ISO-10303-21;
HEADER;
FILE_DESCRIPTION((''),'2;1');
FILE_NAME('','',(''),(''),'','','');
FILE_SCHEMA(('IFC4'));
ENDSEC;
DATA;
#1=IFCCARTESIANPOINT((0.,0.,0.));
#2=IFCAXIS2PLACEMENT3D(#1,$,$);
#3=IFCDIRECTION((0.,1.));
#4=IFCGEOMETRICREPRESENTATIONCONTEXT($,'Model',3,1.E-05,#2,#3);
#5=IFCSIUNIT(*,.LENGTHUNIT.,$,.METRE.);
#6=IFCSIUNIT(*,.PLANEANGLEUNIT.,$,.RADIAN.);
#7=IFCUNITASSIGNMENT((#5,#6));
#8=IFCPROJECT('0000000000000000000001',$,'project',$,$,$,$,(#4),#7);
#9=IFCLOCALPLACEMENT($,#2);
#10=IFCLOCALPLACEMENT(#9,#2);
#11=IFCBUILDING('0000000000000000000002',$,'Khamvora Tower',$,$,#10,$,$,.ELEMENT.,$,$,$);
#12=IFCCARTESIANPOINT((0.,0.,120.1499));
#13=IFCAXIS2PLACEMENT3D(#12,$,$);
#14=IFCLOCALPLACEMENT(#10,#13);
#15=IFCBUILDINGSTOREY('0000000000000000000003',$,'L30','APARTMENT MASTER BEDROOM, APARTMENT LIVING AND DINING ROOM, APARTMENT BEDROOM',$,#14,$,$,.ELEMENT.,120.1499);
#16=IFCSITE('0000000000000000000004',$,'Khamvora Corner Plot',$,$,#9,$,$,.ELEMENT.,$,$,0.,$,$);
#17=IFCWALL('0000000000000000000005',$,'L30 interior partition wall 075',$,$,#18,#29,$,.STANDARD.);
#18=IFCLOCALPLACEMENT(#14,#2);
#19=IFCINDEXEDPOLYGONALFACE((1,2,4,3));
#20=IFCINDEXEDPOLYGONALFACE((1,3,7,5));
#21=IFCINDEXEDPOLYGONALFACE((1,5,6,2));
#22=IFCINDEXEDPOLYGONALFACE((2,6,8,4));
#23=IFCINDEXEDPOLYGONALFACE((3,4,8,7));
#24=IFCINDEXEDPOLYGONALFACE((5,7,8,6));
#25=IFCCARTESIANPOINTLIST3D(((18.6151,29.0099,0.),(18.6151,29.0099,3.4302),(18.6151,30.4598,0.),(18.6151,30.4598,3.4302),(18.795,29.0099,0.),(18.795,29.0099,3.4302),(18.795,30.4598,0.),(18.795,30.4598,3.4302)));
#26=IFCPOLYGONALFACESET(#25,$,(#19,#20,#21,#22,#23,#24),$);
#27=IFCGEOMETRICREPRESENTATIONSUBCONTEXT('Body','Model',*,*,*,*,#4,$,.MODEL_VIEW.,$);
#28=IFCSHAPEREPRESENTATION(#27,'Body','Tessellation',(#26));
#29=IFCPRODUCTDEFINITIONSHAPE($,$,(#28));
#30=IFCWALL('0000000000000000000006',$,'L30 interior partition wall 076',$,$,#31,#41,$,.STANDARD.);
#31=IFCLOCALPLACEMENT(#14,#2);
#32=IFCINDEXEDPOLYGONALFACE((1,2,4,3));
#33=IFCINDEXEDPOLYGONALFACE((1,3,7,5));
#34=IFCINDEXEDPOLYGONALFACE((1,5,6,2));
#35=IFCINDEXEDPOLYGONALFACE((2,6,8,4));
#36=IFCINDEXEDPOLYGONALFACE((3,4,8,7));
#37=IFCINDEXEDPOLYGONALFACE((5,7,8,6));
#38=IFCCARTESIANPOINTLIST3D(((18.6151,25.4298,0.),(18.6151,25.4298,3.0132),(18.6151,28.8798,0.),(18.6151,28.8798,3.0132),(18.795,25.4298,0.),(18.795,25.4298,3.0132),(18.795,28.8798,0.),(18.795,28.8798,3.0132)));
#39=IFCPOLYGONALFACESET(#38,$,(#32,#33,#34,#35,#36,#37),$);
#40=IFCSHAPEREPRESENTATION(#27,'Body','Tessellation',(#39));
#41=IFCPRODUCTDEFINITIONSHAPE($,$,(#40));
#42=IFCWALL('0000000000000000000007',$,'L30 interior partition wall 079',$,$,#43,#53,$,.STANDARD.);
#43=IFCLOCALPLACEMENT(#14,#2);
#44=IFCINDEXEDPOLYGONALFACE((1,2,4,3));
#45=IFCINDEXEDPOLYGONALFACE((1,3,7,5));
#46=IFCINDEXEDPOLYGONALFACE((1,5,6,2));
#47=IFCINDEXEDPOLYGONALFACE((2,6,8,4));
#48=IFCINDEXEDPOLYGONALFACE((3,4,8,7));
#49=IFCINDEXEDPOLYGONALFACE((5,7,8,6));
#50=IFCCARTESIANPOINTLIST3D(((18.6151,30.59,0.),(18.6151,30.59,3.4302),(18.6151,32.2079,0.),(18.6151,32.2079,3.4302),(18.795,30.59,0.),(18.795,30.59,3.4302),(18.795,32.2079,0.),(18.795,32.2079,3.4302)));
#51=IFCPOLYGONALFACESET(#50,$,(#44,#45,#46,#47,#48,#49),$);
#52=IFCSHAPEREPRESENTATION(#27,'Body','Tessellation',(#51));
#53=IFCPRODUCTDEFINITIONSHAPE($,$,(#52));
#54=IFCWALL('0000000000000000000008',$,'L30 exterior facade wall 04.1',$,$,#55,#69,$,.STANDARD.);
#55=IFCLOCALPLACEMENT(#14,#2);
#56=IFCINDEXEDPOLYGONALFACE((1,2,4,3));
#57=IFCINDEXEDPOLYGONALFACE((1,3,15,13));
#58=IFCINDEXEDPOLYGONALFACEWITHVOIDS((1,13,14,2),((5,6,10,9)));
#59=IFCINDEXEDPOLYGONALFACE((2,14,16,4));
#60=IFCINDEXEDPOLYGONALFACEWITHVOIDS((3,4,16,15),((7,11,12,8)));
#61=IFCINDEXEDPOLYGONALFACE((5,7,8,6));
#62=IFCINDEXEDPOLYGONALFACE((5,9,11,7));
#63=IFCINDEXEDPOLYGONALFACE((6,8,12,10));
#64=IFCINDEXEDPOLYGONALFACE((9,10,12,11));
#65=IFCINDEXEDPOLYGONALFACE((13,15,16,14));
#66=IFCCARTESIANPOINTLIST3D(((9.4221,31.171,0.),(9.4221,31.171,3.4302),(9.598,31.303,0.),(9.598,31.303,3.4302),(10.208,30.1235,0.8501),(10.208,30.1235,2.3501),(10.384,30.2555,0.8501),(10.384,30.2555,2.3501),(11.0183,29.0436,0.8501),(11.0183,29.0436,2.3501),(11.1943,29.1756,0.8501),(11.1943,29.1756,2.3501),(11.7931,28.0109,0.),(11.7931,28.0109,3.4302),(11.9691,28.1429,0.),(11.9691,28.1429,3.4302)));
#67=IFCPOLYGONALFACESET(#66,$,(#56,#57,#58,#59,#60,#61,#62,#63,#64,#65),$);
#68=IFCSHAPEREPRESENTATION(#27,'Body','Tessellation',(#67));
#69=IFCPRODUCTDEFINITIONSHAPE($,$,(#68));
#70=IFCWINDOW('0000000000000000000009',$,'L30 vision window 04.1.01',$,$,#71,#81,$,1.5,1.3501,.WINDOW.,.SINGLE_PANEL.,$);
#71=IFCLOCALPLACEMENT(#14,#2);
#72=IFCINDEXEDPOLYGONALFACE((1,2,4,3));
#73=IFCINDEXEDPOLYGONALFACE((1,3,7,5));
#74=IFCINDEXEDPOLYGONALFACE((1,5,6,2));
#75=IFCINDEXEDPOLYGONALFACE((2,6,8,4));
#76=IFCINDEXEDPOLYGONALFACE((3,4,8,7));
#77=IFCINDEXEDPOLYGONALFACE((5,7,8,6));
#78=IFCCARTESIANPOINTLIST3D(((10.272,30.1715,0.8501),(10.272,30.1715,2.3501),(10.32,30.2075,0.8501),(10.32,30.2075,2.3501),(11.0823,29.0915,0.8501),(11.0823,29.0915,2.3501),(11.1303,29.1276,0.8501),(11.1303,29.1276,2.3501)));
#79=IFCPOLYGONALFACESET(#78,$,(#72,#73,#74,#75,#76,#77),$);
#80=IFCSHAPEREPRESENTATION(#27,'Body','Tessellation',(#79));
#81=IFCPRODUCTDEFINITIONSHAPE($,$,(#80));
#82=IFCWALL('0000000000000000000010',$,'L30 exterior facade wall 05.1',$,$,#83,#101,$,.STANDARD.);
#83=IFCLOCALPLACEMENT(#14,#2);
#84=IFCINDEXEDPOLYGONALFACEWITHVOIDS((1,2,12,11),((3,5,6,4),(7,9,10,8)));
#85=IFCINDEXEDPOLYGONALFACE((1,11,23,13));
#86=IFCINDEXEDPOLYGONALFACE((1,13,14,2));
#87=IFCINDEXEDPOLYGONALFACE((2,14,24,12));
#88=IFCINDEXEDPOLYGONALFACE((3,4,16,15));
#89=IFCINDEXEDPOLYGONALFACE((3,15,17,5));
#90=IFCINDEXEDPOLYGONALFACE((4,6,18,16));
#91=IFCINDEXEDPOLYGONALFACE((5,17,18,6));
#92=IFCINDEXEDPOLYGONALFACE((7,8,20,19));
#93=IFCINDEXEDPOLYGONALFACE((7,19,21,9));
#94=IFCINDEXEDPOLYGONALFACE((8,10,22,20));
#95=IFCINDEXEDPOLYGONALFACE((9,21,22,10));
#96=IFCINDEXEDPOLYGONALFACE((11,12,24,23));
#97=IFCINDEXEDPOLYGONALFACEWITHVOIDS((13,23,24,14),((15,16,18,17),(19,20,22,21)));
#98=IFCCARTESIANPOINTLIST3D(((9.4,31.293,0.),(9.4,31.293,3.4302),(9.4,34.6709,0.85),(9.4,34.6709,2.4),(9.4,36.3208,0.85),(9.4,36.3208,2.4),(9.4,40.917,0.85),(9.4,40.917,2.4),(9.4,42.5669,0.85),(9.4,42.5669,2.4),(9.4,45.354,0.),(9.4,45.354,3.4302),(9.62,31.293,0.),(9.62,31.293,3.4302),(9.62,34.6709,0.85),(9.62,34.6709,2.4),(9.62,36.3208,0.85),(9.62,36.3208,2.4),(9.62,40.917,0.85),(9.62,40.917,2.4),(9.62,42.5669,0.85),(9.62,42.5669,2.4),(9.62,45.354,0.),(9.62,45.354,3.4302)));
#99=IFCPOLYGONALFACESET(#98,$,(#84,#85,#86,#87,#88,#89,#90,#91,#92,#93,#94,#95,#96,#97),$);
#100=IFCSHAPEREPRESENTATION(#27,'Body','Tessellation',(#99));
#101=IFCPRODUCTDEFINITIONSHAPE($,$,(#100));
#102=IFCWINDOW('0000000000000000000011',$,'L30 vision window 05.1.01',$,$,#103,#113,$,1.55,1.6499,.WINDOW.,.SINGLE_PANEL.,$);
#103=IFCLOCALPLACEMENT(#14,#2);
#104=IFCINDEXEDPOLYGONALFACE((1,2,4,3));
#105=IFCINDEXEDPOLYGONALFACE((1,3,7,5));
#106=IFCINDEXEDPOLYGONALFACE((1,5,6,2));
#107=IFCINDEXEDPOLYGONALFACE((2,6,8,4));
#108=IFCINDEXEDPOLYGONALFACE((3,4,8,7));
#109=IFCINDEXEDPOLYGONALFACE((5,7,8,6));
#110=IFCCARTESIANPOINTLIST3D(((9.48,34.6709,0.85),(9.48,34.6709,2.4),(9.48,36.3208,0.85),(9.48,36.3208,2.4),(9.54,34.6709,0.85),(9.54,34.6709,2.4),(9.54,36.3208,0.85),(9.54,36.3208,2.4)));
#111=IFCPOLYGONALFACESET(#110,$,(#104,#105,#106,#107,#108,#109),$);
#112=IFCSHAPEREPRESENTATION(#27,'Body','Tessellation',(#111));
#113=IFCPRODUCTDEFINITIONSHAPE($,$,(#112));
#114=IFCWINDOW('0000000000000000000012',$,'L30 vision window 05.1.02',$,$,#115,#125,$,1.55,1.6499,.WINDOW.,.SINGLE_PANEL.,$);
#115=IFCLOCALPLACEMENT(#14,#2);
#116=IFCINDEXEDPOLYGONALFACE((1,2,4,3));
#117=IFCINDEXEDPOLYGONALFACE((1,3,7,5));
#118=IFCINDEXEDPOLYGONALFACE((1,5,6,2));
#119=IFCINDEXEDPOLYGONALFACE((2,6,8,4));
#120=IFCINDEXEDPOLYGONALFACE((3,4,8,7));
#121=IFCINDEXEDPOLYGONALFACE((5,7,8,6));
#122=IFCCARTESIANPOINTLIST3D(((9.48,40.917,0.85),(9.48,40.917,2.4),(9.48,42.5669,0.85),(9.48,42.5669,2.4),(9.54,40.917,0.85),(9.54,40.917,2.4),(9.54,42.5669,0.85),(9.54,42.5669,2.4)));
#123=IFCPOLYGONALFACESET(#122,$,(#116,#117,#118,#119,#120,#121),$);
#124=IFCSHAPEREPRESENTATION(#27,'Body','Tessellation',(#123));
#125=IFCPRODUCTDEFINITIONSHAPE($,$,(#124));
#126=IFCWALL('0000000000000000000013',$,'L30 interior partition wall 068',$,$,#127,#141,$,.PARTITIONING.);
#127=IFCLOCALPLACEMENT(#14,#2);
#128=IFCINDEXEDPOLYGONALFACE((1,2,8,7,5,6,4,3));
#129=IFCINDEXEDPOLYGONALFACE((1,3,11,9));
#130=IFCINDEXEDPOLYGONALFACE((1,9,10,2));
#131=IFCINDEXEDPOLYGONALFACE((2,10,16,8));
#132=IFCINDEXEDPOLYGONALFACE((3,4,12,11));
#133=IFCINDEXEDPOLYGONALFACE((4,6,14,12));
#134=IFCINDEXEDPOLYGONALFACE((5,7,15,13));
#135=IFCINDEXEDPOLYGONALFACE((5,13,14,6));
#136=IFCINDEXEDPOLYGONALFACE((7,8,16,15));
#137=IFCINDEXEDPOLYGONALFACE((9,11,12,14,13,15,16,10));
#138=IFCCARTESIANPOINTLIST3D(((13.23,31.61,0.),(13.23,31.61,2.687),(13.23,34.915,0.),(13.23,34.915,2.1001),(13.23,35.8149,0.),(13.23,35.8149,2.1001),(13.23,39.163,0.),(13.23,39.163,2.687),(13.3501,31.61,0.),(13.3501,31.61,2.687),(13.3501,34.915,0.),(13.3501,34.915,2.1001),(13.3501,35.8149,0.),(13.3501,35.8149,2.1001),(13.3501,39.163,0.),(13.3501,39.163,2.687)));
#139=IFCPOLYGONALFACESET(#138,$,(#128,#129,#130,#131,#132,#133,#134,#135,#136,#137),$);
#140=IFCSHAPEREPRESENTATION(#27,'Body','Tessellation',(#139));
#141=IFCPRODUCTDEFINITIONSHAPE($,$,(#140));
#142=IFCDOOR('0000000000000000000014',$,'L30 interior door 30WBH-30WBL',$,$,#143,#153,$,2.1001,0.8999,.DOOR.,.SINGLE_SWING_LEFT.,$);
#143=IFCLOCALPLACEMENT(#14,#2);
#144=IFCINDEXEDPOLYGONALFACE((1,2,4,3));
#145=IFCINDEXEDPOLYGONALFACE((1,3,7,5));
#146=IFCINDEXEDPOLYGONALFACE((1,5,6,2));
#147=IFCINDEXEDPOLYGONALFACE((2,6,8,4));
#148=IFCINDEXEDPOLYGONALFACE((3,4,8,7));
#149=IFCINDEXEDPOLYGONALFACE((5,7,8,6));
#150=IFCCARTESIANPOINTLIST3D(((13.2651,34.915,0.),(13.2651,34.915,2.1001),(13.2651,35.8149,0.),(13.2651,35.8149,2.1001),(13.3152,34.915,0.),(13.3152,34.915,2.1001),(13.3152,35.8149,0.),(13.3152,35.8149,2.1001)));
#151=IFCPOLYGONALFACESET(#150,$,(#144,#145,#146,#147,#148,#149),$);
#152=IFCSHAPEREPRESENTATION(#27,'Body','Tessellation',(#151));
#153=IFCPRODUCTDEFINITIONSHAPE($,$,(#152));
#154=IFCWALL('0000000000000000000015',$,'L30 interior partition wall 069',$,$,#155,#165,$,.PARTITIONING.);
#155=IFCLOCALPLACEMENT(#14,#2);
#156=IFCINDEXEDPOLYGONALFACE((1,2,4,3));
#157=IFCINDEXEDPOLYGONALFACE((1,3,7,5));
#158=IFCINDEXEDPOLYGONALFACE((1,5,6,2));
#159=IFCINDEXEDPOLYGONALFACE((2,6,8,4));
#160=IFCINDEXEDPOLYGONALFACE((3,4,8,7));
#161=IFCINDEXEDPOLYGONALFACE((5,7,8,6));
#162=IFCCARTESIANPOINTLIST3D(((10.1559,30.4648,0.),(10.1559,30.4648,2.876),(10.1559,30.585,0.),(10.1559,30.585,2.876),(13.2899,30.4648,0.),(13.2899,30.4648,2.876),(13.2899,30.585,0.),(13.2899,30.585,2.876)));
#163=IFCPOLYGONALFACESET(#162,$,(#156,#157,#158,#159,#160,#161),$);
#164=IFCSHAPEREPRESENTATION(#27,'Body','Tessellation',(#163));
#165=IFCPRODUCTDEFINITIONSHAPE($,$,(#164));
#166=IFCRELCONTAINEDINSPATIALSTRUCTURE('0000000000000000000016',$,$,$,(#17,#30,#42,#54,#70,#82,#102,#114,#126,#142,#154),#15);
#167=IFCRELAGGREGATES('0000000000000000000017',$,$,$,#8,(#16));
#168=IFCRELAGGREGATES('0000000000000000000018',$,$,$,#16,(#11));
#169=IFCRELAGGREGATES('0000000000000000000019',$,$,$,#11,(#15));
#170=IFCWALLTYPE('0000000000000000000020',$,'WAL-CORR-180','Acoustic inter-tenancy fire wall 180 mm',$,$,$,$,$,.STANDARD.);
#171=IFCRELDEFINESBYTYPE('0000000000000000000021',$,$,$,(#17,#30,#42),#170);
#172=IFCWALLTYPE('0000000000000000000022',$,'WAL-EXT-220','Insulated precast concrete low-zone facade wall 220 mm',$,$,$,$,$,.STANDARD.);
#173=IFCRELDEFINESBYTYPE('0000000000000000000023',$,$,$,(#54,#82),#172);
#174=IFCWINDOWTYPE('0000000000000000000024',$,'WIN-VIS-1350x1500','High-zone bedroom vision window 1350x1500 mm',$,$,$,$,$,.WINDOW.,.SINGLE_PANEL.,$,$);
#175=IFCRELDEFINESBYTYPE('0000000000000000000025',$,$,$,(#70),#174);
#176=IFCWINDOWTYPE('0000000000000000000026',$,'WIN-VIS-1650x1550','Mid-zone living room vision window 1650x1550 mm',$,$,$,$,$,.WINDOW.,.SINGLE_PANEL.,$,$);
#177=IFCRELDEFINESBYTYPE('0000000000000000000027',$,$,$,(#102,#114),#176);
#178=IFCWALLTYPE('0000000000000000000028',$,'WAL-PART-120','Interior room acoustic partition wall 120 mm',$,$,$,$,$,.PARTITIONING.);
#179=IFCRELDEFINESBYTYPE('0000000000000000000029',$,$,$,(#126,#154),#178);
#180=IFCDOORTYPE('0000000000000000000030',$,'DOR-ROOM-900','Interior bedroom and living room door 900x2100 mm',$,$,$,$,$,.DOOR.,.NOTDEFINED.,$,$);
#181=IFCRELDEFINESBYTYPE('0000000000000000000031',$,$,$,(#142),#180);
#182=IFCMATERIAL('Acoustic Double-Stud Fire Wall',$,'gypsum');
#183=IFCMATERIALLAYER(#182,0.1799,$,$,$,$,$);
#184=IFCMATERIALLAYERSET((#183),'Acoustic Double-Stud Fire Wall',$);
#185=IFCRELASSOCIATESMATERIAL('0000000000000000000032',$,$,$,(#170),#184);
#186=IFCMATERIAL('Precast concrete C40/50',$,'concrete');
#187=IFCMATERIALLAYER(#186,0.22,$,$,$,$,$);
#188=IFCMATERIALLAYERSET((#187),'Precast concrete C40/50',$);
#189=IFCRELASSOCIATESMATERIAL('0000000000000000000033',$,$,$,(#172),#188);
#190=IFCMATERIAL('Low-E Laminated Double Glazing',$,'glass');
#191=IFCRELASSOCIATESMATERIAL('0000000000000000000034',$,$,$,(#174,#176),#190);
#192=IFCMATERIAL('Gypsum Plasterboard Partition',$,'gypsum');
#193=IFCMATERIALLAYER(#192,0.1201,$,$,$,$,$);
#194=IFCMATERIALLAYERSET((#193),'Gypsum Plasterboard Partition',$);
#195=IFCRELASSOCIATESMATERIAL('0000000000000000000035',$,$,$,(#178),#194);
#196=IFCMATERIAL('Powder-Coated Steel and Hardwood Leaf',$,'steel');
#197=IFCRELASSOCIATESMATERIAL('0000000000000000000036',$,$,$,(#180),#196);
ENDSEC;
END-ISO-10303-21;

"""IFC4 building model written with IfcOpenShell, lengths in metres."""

from ifc_helpers import new_model, si_unit, direction, frame, frame_2d, origin, place, context, subcontext, project, spatial, rectangle, extrude, material, layer, layer_set, type_object, element, fill, save


model = new_model("IFC4")

# Units and contexts
model_context = context("Model", 3, precision=1e-05, world=origin(), true_north=direction((0.0, 1.0)))
body_context = subcontext(model_context, "Body", "Model", "MODEL_VIEW")
ifc_project = project(units=[si_unit("LENGTHUNIT", "METRE"), si_unit("PLANEANGLEUNIT", "RADIAN")], contexts=[model_context])

# Site, building, storey
site_placement = place(None, origin())
site = spatial("IfcSite", under=ifc_project, at=site_placement, Name="Khamvora Corner Plot", CompositionType="ELEMENT", RefElevation=0.0)
building_placement = place(site_placement, origin())
building = spatial("IfcBuilding", under=site, at=building_placement, Name="Khamvora Tower", CompositionType="ELEMENT")
storey_placement = place(building_placement, frame((0.0, 0.0, 120.1499)))
storey = spatial("IfcBuildingStorey", under=building, at=storey_placement, Name="L30", Description="APARTMENT MASTER BEDROOM, APARTMENT LIVING AND DINING ROOM, APARTMENT BEDROOM", CompositionType="ELEMENT", Elevation=120.1499)

# Shared definitions
ifc_material_1 = material(Name="Powder-Coated Steel and Hardwood Leaf", Category="steel")

# Walls
ifc_material_2 = material(Name="Acoustic Double-Stud Fire Wall", Category="gypsum")
ifc_layer_1 = layer(ifc_material_2, 0.1799)
ifc_layer_set_1 = layer_set([ifc_layer_1], Name="Acoustic Double-Stud Fire Wall")
wall_type_1 = type_object("IfcWallType", Name="WAL-CORR-180", Description="Acoustic inter-tenancy fire wall 180 mm", PredefinedType="STANDARD", material=ifc_layer_set_1)
wall_1_placement = place(storey_placement, frame((18.7051, 30.46, 0.0), z_axis=(0.0, 0.0, 1.0), x_axis=(0.0, -1.0, 0.0)))
element("IfcWall", 1, at=wall_1_placement, inside=storey, type_object=wall_type_1, Name="L30 interior partition wall 075", PredefinedType="STANDARD", context=body_context, shape_type="SweptSolid", body=[
    extrude(rectangle(XDim=1.45, YDim=0.1799, at=frame_2d((0.7251, 0.0))), origin(), (0.0, 0.0, 1.0), 3.4302),
])
wall_2_placement = place(storey_placement, frame((18.7051, 28.8799, 0.0), z_axis=(0.0, 0.0, 1.0), x_axis=(0.0, -1.0, 0.0)))
element("IfcWall", 2, at=wall_2_placement, inside=storey, type_object=wall_type_1, Name="L30 interior partition wall 076", PredefinedType="STANDARD", context=body_context, shape_type="SweptSolid", body=[
    extrude(rectangle(XDim=3.45, YDim=0.1799, at=frame_2d((1.7251, 0.0))), origin(), (0.0, 0.0, 1.0), 3.0132),
])
wall_3_placement = place(storey_placement, frame((18.7051, 32.208, 0.0), z_axis=(0.0, 0.0, 1.0), x_axis=(0.0, -1.0, 0.0)))
element("IfcWall", 3, at=wall_3_placement, inside=storey, type_object=wall_type_1, Name="L30 interior partition wall 079", PredefinedType="STANDARD", context=body_context, shape_type="SweptSolid", body=[
    extrude(rectangle(XDim=1.6179, YDim=0.1799, at=frame_2d((0.8091, 0.0))), origin(), (0.0, 0.0, 1.0), 3.4302),
])

# Wall, opening, window
ifc_material_3 = material(Name="Precast concrete C40/50", Category="concrete")
ifc_layer_2 = layer(ifc_material_3, 0.22)
ifc_layer_set_2 = layer_set([ifc_layer_2], Name="Precast concrete C40/50")
wall_type_2 = type_object("IfcWallType", Name="WAL-EXT-220", Description="Insulated precast concrete low-zone facade wall 220 mm", PredefinedType="STANDARD", material=ifc_layer_set_2)
wall_4_placement = place(storey_placement, frame((11.8811, 28.0769, 0.0), z_axis=(0.0, 0.0, 1.0), x_axis=(-0.600158, 0.799881, 0.0)))
wall_4 = element("IfcWall", 4, at=wall_4_placement, inside=storey, type_object=wall_type_2, Name="L30 exterior facade wall 04.1", PredefinedType="STANDARD", context=body_context, shape_type="SweptSolid", body=[
    extrude(rectangle(XDim=3.9507, YDim=0.22, at=frame_2d((1.9753, 0.0))), origin(), (0.0, 0.0, 1.0), 3.4302),
])
opening_1_placement = place(wall_4_placement, frame((1.291, 0.0, 0.8501)))
opening_1 = element("IfcOpeningElement", 5, at=opening_1_placement, cuts=wall_4, PredefinedType="OPENING", context=body_context, shape_type="SweptSolid", body=[
    extrude(rectangle(XDim=1.3501, YDim=1.5, at=frame_2d((0.675, 0.75))), frame((0.0, 0.1199, 0.0), z_axis=(0.0, -1.0, 0.0), x_axis=(1.0, 0.0, 0.0)), (0.0, 0.0, 1.0), 0.24),
])
ifc_material_4 = material(Name="Low-E Laminated Double Glazing", Category="glass")
window_type_1 = type_object("IfcWindowType", Name="WIN-VIS-1350x1500", Description="High-zone bedroom vision window 1350x1500 mm", PartitioningType="SINGLE_PANEL", PredefinedType="WINDOW", material=ifc_material_4)
window_1_placement = place(opening_1_placement, origin())
window_1 = element("IfcWindow", 6, at=window_1_placement, inside=storey, type_object=window_type_1, Name="L30 vision window 04.1.01", OverallHeight=1.5, OverallWidth=1.3501, PartitioningType="SINGLE_PANEL", PredefinedType="WINDOW", context=body_context, shape_type="SweptSolid", body=[
    extrude(rectangle(XDim=1.3501, YDim=1.5, at=frame_2d((0.675, 0.75))), frame((0.0, 0.03, 0.0), z_axis=(0.0, -1.0, 0.0), x_axis=(1.0, 0.0, 0.0)), (0.0, 0.0, 1.0), 0.0601),
])
fill(opening_1, window_1)

# Wall, openings, windows
wall_5_placement = place(storey_placement, frame((9.51, 31.293, 0.0), z_axis=(0.0, 0.0, 1.0), x_axis=(0.0, 1.0, 0.0)))
wall_5 = element("IfcWall", 7, at=wall_5_placement, inside=storey, type_object=wall_type_2, Name="L30 exterior facade wall 05.1", PredefinedType="STANDARD", context=body_context, shape_type="SweptSolid", body=[
    extrude(rectangle(XDim=14.061, YDim=0.22, at=frame_2d((7.0305, 0.0))), origin(), (0.0, 0.0, 1.0), 3.4302),
])
opening_2_placement = place(wall_5_placement, frame((3.3779, 0.0, 0.8501)))
opening_2 = element("IfcOpeningElement", 8, at=opening_2_placement, cuts=wall_5, PredefinedType="OPENING", context=body_context, shape_type="SweptSolid", body=[
    extrude(rectangle(XDim=1.6499, YDim=1.55, at=frame_2d((0.825, 0.7749))), frame((0.0, 0.1199, 0.0), z_axis=(0.0, -1.0, 0.0), x_axis=(1.0, 0.0, 0.0)), (0.0, 0.0, 1.0), 0.24),
])
opening_3_placement = place(wall_5_placement, frame((9.624, 0.0, 0.8501)))
opening_3 = element("IfcOpeningElement", 9, at=opening_3_placement, cuts=wall_5, PredefinedType="OPENING", context=body_context, shape_type="SweptSolid", body=[
    extrude(rectangle(XDim=1.6499, YDim=1.55, at=frame_2d((0.825, 0.7749))), frame((0.0, 0.1199, 0.0), z_axis=(0.0, -1.0, 0.0), x_axis=(1.0, 0.0, 0.0)), (0.0, 0.0, 1.0), 0.24),
])
window_type_2 = type_object("IfcWindowType", Name="WIN-VIS-1650x1550", Description="Mid-zone living room vision window 1650x1550 mm", PartitioningType="SINGLE_PANEL", PredefinedType="WINDOW", material=ifc_material_4)
window_2_placement = place(opening_2_placement, origin())
window_2 = element("IfcWindow", 10, at=window_2_placement, inside=storey, type_object=window_type_2, Name="L30 vision window 05.1.01", OverallHeight=1.55, OverallWidth=1.6499, PartitioningType="SINGLE_PANEL", PredefinedType="WINDOW", context=body_context, shape_type="SweptSolid", body=[
    extrude(rectangle(XDim=1.6499, YDim=1.55, at=frame_2d((0.825, 0.7749))), frame((0.0, 0.03, 0.0), z_axis=(0.0, -1.0, 0.0), x_axis=(1.0, 0.0, 0.0)), (0.0, 0.0, 1.0), 0.0601),
])
fill(opening_2, window_2)
window_3_placement = place(opening_3_placement, origin())
window_3 = element("IfcWindow", 11, at=window_3_placement, inside=storey, type_object=window_type_2, Name="L30 vision window 05.1.02", OverallHeight=1.55, OverallWidth=1.6499, PartitioningType="SINGLE_PANEL", PredefinedType="WINDOW", context=body_context, shape_type="SweptSolid", body=[
    extrude(rectangle(XDim=1.6499, YDim=1.55, at=frame_2d((0.825, 0.7749))), frame((0.0, 0.03, 0.0), z_axis=(0.0, -1.0, 0.0), x_axis=(1.0, 0.0, 0.0)), (0.0, 0.0, 1.0), 0.0601),
])
fill(opening_3, window_3)

# Wall, opening, door
ifc_material_5 = material(Name="Gypsum Plasterboard Partition", Category="gypsum")
ifc_layer_3 = layer(ifc_material_5, 0.1201)
ifc_layer_set_3 = layer_set([ifc_layer_3], Name="Gypsum Plasterboard Partition")
wall_type_3 = type_object("IfcWallType", Name="WAL-PART-120", Description="Interior room acoustic partition wall 120 mm", PredefinedType="PARTITIONING", material=ifc_layer_set_3)
wall_6_placement = place(storey_placement, frame((13.29, 31.6101, 0.0), z_axis=(0.0, 0.0, 1.0), x_axis=(0.0, 1.0, 0.0)))
wall_6 = element("IfcWall", 12, at=wall_6_placement, inside=storey, type_object=wall_type_3, Name="L30 interior partition wall 068", PredefinedType="PARTITIONING", context=body_context, shape_type="SweptSolid", body=[
    extrude(rectangle(XDim=7.553, YDim=0.1201, at=frame_2d((3.7764, 0.0))), origin(), (0.0, 0.0, 1.0), 2.687),
])
opening_4_placement = place(wall_6_placement, frame((3.3049, 0.0, 0.0)))
opening_4 = element("IfcOpeningElement", 13, at=opening_4_placement, cuts=wall_6, PredefinedType="OPENING", context=body_context, shape_type="SweptSolid", body=[
    extrude(rectangle(XDim=0.8999, YDim=2.1001, at=frame_2d((0.45, 1.05))), frame((0.0, 0.0701, 0.0), z_axis=(0.0, -1.0, 0.0), x_axis=(1.0, 0.0, 0.0)), (0.0, 0.0, 1.0), 0.1401),
])
door_type_1 = type_object("IfcDoorType", Name="DOR-ROOM-900", Description="Interior bedroom and living room door 900x2100 mm", OperationType="NOTDEFINED", PredefinedType="DOOR", material=ifc_material_1)
door_1_placement = place(opening_4_placement, origin())
door_1 = element("IfcDoor", 14, at=door_1_placement, inside=storey, type_object=door_type_1, Name="L30 interior door 30WBH-30WBL", OperationType="SINGLE_SWING_LEFT", OverallHeight=2.1001, OverallWidth=0.8999, PredefinedType="DOOR", context=body_context, shape_type="SweptSolid", body=[
    extrude(rectangle(XDim=0.8999, YDim=2.1001, at=frame_2d((0.45, 1.05))), frame((0.0, 0.0249, 0.0), z_axis=(0.0, -1.0, 0.0), x_axis=(1.0, 0.0, 0.0)), (0.0, 0.0, 1.0), 0.05),
])
fill(opening_4, door_1)

# Wall
wall_7_placement = place(storey_placement, frame((10.156, 30.5249, 0.0), z_axis=(0.0, 0.0, 1.0), x_axis=(1.0, 0.0, 0.0)))
element("IfcWall", 15, at=wall_7_placement, inside=storey, type_object=wall_type_3, Name="L30 interior partition wall 069", PredefinedType="PARTITIONING", context=body_context, shape_type="SweptSolid", body=[
    extrude(rectangle(XDim=3.134, YDim=0.1201, at=frame_2d((1.5669, 0.0))), origin(), (0.0, 0.0, 1.0), 2.876),
])

save(model, "model.ifc")
